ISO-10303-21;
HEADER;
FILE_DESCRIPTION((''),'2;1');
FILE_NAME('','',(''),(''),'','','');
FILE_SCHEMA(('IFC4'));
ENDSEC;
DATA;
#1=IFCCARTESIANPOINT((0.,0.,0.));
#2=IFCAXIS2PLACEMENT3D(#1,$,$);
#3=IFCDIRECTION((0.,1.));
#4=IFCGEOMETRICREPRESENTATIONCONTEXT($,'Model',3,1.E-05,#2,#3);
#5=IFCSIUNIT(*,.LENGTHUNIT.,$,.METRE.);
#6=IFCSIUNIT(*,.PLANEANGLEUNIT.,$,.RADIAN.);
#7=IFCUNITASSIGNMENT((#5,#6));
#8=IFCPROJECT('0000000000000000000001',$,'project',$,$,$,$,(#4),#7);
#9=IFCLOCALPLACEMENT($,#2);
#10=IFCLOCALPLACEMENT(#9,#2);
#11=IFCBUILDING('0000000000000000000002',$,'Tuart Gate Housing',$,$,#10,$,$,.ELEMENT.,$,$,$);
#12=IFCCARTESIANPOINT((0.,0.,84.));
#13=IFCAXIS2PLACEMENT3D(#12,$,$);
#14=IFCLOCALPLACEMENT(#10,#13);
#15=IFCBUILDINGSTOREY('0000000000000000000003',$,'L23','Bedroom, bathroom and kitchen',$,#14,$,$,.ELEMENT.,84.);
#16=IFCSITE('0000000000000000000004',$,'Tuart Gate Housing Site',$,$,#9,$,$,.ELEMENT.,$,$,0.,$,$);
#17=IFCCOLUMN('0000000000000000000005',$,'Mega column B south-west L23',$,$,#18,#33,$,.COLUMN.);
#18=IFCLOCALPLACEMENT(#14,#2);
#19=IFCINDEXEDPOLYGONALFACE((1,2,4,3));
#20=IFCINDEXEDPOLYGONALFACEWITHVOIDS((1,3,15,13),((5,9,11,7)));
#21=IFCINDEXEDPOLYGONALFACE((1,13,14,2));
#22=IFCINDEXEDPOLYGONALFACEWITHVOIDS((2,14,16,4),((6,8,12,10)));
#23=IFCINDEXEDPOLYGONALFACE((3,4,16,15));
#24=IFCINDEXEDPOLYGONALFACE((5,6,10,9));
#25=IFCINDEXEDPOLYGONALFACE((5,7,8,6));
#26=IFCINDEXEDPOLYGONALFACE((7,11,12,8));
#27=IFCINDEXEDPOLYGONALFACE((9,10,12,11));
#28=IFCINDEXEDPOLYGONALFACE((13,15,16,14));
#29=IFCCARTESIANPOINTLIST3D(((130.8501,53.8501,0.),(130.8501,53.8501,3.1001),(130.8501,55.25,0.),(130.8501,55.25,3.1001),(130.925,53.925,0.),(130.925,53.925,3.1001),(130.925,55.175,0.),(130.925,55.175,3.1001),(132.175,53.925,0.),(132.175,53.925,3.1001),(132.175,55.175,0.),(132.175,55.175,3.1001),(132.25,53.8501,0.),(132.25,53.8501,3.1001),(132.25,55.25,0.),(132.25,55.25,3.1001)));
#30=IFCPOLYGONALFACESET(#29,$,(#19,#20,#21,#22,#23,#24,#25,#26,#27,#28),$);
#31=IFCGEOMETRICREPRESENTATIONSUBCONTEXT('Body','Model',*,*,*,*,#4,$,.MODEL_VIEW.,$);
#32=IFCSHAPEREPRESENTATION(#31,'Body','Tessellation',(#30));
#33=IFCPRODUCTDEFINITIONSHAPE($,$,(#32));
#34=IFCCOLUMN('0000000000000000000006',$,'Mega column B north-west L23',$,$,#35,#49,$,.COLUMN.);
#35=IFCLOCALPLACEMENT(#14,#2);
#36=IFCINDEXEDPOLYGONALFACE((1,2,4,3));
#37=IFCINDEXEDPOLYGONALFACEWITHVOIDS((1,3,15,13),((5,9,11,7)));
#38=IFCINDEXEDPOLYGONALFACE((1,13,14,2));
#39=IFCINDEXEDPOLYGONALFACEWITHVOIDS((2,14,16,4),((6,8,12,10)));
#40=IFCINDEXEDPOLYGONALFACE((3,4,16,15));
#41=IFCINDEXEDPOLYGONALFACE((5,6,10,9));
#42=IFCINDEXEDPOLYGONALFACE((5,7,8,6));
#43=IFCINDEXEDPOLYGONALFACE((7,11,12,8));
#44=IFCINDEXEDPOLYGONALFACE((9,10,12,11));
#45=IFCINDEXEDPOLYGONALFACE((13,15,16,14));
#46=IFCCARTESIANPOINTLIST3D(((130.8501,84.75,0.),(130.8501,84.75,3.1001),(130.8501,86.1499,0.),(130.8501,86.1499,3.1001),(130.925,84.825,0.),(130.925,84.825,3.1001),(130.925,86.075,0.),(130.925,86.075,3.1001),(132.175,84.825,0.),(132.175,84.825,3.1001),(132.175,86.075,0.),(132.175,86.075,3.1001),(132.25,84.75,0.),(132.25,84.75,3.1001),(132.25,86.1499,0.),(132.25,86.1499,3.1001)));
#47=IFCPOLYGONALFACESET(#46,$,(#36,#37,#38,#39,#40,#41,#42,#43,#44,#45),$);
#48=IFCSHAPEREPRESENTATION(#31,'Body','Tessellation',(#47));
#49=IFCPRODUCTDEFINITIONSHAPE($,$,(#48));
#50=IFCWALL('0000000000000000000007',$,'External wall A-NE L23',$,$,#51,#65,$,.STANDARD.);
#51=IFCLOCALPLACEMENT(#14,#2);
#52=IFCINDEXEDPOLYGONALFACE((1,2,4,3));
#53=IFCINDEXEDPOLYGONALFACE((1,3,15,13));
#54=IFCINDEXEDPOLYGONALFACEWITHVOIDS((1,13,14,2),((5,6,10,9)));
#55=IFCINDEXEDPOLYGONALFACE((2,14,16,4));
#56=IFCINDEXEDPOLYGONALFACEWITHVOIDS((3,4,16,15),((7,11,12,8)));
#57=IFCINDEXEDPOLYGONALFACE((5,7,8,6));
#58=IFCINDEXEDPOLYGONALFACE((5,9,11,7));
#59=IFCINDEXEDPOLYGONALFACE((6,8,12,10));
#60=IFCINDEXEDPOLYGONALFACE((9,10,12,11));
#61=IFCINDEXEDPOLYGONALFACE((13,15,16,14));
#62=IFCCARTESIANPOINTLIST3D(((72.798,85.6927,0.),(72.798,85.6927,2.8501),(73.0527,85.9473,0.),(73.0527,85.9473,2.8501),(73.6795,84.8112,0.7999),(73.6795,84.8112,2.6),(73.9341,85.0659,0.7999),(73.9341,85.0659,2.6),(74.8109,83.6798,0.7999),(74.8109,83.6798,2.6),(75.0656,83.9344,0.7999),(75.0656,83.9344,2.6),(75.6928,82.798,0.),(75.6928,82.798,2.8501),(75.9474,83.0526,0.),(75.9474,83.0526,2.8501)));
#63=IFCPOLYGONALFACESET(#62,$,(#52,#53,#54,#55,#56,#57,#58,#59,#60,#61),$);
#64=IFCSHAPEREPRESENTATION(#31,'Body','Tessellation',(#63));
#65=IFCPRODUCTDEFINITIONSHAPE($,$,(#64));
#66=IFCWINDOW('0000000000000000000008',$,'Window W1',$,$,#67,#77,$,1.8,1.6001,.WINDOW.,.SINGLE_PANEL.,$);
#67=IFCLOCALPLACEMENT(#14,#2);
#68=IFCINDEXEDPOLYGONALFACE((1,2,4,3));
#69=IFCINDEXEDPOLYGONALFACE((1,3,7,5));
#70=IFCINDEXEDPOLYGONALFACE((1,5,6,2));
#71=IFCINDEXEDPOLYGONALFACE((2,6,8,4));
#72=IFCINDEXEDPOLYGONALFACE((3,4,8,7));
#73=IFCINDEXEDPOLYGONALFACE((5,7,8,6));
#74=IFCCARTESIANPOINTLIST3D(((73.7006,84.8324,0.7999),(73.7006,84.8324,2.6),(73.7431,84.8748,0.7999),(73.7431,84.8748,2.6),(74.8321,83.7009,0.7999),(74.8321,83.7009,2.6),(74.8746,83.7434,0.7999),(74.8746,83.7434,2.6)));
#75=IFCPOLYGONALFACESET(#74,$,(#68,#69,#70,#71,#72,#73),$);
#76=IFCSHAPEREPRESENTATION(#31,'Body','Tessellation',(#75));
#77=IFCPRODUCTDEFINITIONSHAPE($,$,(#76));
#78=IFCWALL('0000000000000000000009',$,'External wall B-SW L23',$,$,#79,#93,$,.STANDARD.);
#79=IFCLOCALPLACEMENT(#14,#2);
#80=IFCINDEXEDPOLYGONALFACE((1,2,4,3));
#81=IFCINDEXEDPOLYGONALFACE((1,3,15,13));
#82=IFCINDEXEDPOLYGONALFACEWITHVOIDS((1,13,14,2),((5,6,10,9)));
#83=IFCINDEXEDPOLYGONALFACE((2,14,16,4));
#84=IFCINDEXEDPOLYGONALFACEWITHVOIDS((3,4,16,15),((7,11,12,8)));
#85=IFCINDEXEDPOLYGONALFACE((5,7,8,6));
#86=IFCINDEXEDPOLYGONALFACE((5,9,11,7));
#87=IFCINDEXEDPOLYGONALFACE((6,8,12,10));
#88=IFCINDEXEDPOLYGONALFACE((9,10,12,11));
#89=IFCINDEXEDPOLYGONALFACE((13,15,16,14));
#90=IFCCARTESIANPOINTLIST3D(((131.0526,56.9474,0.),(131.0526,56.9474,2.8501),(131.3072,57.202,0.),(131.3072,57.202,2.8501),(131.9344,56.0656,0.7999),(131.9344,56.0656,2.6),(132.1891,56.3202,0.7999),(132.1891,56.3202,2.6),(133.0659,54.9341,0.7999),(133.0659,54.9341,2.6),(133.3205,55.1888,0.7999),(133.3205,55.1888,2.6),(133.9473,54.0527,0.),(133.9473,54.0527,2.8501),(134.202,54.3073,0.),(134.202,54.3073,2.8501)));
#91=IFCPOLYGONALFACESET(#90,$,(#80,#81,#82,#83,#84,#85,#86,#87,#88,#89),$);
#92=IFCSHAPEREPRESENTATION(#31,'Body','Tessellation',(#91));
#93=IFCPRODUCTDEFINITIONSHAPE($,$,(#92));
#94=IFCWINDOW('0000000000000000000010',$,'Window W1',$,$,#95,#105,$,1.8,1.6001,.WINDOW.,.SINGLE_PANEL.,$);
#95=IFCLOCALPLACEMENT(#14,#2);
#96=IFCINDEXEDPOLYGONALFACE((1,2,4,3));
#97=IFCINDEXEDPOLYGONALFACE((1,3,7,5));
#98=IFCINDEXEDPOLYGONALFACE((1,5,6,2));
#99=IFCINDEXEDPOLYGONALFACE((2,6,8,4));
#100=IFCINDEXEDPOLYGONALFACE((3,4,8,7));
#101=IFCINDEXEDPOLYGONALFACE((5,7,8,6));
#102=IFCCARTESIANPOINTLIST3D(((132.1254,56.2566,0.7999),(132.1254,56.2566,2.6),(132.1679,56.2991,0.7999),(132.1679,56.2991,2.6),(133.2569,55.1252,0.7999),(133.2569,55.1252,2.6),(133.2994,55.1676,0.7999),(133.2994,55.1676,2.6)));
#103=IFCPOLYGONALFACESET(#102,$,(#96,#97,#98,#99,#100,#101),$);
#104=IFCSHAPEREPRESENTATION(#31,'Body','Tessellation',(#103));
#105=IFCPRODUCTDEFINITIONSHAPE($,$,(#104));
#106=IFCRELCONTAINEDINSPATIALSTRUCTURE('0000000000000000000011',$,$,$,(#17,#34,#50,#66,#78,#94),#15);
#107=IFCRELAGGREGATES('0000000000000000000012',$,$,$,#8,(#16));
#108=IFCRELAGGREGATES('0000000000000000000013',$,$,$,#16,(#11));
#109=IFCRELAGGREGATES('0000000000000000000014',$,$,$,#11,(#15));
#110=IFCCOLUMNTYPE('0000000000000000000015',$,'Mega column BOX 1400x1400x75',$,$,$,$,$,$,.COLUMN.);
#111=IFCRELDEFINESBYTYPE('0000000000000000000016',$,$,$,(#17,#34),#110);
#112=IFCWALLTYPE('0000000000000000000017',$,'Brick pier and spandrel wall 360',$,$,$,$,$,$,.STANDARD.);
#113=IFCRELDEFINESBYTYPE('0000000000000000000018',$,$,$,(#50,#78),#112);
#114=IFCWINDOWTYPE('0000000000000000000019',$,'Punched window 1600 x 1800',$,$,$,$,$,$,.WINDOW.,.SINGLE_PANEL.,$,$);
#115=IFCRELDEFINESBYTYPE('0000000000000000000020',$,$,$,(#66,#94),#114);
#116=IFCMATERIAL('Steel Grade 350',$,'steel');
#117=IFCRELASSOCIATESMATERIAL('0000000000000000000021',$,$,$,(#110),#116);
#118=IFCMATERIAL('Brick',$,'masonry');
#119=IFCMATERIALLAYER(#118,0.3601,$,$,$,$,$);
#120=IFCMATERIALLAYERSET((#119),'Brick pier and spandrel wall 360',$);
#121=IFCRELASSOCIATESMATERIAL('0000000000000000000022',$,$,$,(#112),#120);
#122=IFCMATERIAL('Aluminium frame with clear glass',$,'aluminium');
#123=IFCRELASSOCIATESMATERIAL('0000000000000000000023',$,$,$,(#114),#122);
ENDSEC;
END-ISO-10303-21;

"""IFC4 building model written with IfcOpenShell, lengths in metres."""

from ifc_helpers import new_model, si_unit, direction, frame, frame_2d, origin, origin_2d, place, context, subcontext, project, spatial, rectangle, hollow_rectangle, extrude, material, layer, layer_set, material_profile, profile_set, type_object, element, fill, save


model = new_model("IFC4")

# Units and contexts
model_context = context("Model", 3, precision=1e-05, world=origin(), true_north=direction((0.0, 1.0)))
body_context = subcontext(model_context, "Body", "Model", "MODEL_VIEW")
ifc_project = project(units=[si_unit("LENGTHUNIT", "METRE"), si_unit("PLANEANGLEUNIT", "RADIAN")], contexts=[model_context])

# Site, building, storey
site_placement = place(None, origin())
site = spatial("IfcSite", under=ifc_project, at=site_placement, Name="Tuart Gate Housing Site", CompositionType="ELEMENT", RefElevation=0.0)
building_placement = place(site_placement, origin())
building = spatial("IfcBuilding", under=site, at=building_placement, Name="Tuart Gate Housing", CompositionType="ELEMENT")
storey_placement = place(building_placement, frame((0.0, 0.0, 84.0)))
storey = spatial("IfcBuildingStorey", under=building, at=storey_placement, Name="L23", Description="Bedroom, bathroom and kitchen", CompositionType="ELEMENT", Elevation=84.0)

# Columns
ifc_material_1 = material(Name="Steel Grade 350", Category="steel")
ifc_material_profile = material_profile(ifc_material_1, hollow_rectangle(XDim=1.3999, YDim=1.3999, WallThickness=0.075, at=origin_2d()), Name="BOX 1400x1400x75")
ifc_profile_set = profile_set([ifc_material_profile], Name="Steel Grade 350")
column_type = type_object("IfcColumnType", Name="Mega column BOX 1400x1400x75", PredefinedType="COLUMN", material=ifc_profile_set)
for number, where, z_axis, x_axis, name in (
    (1, (131.55, 54.55, 0.0), (0.0, 0.0, 1.0), (1.0, 0.0, 0.0), "Mega column B south-west L23"),
    (2, (131.55, 85.45, 0.0), (0.0, 0.0, 1.0), (1.0, 0.0, 0.0), "Mega column B north-west L23"),
):
    element("IfcColumn", number, at=place(storey_placement, frame(where, z_axis=z_axis, x_axis=x_axis)), inside=storey, type_object=column_type, Name=name, PredefinedType="COLUMN", context=body_context, shape_type="SweptSolid", body=[
        extrude(hollow_rectangle(XDim=1.3999, YDim=1.3999, WallThickness=0.075, at=origin_2d()), origin(), (0.0, 0.0, 1.0), 3.1001),
    ])

# Walls, openings, windows
ifc_material_2 = material(Name="Brick", Category="masonry")
ifc_layer_1 = layer(ifc_material_2, 0.3601)
ifc_layer_set_1 = layer_set([ifc_layer_1], Name="Brick pier and spandrel wall 360")
wall_type_1 = type_object("IfcWallType", Name="Brick pier and spandrel wall 360", PredefinedType="STANDARD", material=ifc_layer_set_1)
wall_1_placement = place(storey_placement, frame((75.8201, 82.9253, 0.0), z_axis=(0.0, 0.0, 1.0), x_axis=(-0.707107, 0.707107, 0.0)))
wall_1 = element("IfcWall", 3, at=wall_1_placement, inside=storey, type_object=wall_type_1, Name="External wall A-NE L23", PredefinedType="STANDARD", context=body_context, shape_type="SweptSolid", body=[
    extrude(rectangle(XDim=4.0938, YDim=0.3601, at=frame_2d((2.0469, 0.0))), origin(), (0.0, 0.0, 1.0), 2.8501),
])
opening_1_placement = place(wall_1_placement, frame((1.2471, 0.0, 0.8)))
opening_1 = element("IfcOpeningElement", 4, at=opening_1_placement, cuts=wall_1, PredefinedType="OPENING", context=body_context, shape_type="SweptSolid", body=[
    extrude(rectangle(XDim=1.6001, YDim=1.8, at=frame_2d((0.8, 0.8999))), frame((0.0, 0.1899, 0.0), z_axis=(0.0, -1.0, 0.0), x_axis=(1.0, 0.0, 0.0)), (0.0, 0.0, 1.0), 0.3801),
])
ifc_material_3 = material(Name="Aluminium frame with clear glass", Category="aluminium")
window_type_1 = type_object("IfcWindowType", Name="Punched window 1600 x 1800", PartitioningType="SINGLE_PANEL", PredefinedType="WINDOW", material=ifc_material_3)
window_1_placement = place(opening_1_placement, origin())
window_1 = element("IfcWindow", 5, at=window_1_placement, inside=storey, type_object=window_type_1, Name="Window W1", OverallHeight=1.8, OverallWidth=1.6001, PartitioningType="SINGLE_PANEL", PredefinedType="WINDOW", context=body_context, shape_type="SweptSolid", body=[
    extrude(rectangle(XDim=1.6001, YDim=1.8, at=frame_2d((0.8, 0.8999))), frame((0.0, 0.1501, 0.0), z_axis=(0.0, -1.0, 0.0), x_axis=(1.0, 0.0, 0.0)), (0.0, 0.0, 1.0), 0.0601),
])
fill(opening_1, window_1)
wall_2_placement = place(storey_placement, frame((131.1799, 57.0747, 0.0), z_axis=(0.0, 0.0, 1.0), x_axis=(0.707107, -0.707107, 0.0)))
wall_2 = element("IfcWall", 6, at=wall_2_placement, inside=storey, type_object=wall_type_1, Name="External wall B-SW L23", PredefinedType="STANDARD", context=body_context, shape_type="SweptSolid", body=[
    extrude(rectangle(XDim=4.0938, YDim=0.3601, at=frame_2d((2.0469, 0.0))), origin(), (0.0, 0.0, 1.0), 2.8501),
])
opening_2_placement = place(wall_2_placement, frame((1.2471, 0.0, 0.8)))
opening_2 = element("IfcOpeningElement", 7, at=opening_2_placement, cuts=wall_2, PredefinedType="OPENING", context=body_context, shape_type="SweptSolid", body=[
    extrude(rectangle(XDim=1.6001, YDim=1.8, at=frame_2d((0.8, 0.8999))), frame((0.0, 0.1899, 0.0), z_axis=(0.0, -1.0, 0.0), x_axis=(1.0, 0.0, 0.0)), (0.0, 0.0, 1.0), 0.3801),
])
window_2_placement = place(opening_2_placement, origin())
window_2 = element("IfcWindow", 8, at=window_2_placement, inside=storey, type_object=window_type_1, Name="Window W1", OverallHeight=1.8, OverallWidth=1.6001, PartitioningType="SINGLE_PANEL", PredefinedType="WINDOW", context=body_context, shape_type="SweptSolid", body=[
    extrude(rectangle(XDim=1.6001, YDim=1.8, at=frame_2d((0.8, 0.8999))), frame((0.0, 0.1501, 0.0), z_axis=(0.0, -1.0, 0.0), x_axis=(1.0, 0.0, 0.0)), (0.0, 0.0, 1.0), 0.0601),
])
fill(opening_2, window_2)

save(model, "model.ifc")
